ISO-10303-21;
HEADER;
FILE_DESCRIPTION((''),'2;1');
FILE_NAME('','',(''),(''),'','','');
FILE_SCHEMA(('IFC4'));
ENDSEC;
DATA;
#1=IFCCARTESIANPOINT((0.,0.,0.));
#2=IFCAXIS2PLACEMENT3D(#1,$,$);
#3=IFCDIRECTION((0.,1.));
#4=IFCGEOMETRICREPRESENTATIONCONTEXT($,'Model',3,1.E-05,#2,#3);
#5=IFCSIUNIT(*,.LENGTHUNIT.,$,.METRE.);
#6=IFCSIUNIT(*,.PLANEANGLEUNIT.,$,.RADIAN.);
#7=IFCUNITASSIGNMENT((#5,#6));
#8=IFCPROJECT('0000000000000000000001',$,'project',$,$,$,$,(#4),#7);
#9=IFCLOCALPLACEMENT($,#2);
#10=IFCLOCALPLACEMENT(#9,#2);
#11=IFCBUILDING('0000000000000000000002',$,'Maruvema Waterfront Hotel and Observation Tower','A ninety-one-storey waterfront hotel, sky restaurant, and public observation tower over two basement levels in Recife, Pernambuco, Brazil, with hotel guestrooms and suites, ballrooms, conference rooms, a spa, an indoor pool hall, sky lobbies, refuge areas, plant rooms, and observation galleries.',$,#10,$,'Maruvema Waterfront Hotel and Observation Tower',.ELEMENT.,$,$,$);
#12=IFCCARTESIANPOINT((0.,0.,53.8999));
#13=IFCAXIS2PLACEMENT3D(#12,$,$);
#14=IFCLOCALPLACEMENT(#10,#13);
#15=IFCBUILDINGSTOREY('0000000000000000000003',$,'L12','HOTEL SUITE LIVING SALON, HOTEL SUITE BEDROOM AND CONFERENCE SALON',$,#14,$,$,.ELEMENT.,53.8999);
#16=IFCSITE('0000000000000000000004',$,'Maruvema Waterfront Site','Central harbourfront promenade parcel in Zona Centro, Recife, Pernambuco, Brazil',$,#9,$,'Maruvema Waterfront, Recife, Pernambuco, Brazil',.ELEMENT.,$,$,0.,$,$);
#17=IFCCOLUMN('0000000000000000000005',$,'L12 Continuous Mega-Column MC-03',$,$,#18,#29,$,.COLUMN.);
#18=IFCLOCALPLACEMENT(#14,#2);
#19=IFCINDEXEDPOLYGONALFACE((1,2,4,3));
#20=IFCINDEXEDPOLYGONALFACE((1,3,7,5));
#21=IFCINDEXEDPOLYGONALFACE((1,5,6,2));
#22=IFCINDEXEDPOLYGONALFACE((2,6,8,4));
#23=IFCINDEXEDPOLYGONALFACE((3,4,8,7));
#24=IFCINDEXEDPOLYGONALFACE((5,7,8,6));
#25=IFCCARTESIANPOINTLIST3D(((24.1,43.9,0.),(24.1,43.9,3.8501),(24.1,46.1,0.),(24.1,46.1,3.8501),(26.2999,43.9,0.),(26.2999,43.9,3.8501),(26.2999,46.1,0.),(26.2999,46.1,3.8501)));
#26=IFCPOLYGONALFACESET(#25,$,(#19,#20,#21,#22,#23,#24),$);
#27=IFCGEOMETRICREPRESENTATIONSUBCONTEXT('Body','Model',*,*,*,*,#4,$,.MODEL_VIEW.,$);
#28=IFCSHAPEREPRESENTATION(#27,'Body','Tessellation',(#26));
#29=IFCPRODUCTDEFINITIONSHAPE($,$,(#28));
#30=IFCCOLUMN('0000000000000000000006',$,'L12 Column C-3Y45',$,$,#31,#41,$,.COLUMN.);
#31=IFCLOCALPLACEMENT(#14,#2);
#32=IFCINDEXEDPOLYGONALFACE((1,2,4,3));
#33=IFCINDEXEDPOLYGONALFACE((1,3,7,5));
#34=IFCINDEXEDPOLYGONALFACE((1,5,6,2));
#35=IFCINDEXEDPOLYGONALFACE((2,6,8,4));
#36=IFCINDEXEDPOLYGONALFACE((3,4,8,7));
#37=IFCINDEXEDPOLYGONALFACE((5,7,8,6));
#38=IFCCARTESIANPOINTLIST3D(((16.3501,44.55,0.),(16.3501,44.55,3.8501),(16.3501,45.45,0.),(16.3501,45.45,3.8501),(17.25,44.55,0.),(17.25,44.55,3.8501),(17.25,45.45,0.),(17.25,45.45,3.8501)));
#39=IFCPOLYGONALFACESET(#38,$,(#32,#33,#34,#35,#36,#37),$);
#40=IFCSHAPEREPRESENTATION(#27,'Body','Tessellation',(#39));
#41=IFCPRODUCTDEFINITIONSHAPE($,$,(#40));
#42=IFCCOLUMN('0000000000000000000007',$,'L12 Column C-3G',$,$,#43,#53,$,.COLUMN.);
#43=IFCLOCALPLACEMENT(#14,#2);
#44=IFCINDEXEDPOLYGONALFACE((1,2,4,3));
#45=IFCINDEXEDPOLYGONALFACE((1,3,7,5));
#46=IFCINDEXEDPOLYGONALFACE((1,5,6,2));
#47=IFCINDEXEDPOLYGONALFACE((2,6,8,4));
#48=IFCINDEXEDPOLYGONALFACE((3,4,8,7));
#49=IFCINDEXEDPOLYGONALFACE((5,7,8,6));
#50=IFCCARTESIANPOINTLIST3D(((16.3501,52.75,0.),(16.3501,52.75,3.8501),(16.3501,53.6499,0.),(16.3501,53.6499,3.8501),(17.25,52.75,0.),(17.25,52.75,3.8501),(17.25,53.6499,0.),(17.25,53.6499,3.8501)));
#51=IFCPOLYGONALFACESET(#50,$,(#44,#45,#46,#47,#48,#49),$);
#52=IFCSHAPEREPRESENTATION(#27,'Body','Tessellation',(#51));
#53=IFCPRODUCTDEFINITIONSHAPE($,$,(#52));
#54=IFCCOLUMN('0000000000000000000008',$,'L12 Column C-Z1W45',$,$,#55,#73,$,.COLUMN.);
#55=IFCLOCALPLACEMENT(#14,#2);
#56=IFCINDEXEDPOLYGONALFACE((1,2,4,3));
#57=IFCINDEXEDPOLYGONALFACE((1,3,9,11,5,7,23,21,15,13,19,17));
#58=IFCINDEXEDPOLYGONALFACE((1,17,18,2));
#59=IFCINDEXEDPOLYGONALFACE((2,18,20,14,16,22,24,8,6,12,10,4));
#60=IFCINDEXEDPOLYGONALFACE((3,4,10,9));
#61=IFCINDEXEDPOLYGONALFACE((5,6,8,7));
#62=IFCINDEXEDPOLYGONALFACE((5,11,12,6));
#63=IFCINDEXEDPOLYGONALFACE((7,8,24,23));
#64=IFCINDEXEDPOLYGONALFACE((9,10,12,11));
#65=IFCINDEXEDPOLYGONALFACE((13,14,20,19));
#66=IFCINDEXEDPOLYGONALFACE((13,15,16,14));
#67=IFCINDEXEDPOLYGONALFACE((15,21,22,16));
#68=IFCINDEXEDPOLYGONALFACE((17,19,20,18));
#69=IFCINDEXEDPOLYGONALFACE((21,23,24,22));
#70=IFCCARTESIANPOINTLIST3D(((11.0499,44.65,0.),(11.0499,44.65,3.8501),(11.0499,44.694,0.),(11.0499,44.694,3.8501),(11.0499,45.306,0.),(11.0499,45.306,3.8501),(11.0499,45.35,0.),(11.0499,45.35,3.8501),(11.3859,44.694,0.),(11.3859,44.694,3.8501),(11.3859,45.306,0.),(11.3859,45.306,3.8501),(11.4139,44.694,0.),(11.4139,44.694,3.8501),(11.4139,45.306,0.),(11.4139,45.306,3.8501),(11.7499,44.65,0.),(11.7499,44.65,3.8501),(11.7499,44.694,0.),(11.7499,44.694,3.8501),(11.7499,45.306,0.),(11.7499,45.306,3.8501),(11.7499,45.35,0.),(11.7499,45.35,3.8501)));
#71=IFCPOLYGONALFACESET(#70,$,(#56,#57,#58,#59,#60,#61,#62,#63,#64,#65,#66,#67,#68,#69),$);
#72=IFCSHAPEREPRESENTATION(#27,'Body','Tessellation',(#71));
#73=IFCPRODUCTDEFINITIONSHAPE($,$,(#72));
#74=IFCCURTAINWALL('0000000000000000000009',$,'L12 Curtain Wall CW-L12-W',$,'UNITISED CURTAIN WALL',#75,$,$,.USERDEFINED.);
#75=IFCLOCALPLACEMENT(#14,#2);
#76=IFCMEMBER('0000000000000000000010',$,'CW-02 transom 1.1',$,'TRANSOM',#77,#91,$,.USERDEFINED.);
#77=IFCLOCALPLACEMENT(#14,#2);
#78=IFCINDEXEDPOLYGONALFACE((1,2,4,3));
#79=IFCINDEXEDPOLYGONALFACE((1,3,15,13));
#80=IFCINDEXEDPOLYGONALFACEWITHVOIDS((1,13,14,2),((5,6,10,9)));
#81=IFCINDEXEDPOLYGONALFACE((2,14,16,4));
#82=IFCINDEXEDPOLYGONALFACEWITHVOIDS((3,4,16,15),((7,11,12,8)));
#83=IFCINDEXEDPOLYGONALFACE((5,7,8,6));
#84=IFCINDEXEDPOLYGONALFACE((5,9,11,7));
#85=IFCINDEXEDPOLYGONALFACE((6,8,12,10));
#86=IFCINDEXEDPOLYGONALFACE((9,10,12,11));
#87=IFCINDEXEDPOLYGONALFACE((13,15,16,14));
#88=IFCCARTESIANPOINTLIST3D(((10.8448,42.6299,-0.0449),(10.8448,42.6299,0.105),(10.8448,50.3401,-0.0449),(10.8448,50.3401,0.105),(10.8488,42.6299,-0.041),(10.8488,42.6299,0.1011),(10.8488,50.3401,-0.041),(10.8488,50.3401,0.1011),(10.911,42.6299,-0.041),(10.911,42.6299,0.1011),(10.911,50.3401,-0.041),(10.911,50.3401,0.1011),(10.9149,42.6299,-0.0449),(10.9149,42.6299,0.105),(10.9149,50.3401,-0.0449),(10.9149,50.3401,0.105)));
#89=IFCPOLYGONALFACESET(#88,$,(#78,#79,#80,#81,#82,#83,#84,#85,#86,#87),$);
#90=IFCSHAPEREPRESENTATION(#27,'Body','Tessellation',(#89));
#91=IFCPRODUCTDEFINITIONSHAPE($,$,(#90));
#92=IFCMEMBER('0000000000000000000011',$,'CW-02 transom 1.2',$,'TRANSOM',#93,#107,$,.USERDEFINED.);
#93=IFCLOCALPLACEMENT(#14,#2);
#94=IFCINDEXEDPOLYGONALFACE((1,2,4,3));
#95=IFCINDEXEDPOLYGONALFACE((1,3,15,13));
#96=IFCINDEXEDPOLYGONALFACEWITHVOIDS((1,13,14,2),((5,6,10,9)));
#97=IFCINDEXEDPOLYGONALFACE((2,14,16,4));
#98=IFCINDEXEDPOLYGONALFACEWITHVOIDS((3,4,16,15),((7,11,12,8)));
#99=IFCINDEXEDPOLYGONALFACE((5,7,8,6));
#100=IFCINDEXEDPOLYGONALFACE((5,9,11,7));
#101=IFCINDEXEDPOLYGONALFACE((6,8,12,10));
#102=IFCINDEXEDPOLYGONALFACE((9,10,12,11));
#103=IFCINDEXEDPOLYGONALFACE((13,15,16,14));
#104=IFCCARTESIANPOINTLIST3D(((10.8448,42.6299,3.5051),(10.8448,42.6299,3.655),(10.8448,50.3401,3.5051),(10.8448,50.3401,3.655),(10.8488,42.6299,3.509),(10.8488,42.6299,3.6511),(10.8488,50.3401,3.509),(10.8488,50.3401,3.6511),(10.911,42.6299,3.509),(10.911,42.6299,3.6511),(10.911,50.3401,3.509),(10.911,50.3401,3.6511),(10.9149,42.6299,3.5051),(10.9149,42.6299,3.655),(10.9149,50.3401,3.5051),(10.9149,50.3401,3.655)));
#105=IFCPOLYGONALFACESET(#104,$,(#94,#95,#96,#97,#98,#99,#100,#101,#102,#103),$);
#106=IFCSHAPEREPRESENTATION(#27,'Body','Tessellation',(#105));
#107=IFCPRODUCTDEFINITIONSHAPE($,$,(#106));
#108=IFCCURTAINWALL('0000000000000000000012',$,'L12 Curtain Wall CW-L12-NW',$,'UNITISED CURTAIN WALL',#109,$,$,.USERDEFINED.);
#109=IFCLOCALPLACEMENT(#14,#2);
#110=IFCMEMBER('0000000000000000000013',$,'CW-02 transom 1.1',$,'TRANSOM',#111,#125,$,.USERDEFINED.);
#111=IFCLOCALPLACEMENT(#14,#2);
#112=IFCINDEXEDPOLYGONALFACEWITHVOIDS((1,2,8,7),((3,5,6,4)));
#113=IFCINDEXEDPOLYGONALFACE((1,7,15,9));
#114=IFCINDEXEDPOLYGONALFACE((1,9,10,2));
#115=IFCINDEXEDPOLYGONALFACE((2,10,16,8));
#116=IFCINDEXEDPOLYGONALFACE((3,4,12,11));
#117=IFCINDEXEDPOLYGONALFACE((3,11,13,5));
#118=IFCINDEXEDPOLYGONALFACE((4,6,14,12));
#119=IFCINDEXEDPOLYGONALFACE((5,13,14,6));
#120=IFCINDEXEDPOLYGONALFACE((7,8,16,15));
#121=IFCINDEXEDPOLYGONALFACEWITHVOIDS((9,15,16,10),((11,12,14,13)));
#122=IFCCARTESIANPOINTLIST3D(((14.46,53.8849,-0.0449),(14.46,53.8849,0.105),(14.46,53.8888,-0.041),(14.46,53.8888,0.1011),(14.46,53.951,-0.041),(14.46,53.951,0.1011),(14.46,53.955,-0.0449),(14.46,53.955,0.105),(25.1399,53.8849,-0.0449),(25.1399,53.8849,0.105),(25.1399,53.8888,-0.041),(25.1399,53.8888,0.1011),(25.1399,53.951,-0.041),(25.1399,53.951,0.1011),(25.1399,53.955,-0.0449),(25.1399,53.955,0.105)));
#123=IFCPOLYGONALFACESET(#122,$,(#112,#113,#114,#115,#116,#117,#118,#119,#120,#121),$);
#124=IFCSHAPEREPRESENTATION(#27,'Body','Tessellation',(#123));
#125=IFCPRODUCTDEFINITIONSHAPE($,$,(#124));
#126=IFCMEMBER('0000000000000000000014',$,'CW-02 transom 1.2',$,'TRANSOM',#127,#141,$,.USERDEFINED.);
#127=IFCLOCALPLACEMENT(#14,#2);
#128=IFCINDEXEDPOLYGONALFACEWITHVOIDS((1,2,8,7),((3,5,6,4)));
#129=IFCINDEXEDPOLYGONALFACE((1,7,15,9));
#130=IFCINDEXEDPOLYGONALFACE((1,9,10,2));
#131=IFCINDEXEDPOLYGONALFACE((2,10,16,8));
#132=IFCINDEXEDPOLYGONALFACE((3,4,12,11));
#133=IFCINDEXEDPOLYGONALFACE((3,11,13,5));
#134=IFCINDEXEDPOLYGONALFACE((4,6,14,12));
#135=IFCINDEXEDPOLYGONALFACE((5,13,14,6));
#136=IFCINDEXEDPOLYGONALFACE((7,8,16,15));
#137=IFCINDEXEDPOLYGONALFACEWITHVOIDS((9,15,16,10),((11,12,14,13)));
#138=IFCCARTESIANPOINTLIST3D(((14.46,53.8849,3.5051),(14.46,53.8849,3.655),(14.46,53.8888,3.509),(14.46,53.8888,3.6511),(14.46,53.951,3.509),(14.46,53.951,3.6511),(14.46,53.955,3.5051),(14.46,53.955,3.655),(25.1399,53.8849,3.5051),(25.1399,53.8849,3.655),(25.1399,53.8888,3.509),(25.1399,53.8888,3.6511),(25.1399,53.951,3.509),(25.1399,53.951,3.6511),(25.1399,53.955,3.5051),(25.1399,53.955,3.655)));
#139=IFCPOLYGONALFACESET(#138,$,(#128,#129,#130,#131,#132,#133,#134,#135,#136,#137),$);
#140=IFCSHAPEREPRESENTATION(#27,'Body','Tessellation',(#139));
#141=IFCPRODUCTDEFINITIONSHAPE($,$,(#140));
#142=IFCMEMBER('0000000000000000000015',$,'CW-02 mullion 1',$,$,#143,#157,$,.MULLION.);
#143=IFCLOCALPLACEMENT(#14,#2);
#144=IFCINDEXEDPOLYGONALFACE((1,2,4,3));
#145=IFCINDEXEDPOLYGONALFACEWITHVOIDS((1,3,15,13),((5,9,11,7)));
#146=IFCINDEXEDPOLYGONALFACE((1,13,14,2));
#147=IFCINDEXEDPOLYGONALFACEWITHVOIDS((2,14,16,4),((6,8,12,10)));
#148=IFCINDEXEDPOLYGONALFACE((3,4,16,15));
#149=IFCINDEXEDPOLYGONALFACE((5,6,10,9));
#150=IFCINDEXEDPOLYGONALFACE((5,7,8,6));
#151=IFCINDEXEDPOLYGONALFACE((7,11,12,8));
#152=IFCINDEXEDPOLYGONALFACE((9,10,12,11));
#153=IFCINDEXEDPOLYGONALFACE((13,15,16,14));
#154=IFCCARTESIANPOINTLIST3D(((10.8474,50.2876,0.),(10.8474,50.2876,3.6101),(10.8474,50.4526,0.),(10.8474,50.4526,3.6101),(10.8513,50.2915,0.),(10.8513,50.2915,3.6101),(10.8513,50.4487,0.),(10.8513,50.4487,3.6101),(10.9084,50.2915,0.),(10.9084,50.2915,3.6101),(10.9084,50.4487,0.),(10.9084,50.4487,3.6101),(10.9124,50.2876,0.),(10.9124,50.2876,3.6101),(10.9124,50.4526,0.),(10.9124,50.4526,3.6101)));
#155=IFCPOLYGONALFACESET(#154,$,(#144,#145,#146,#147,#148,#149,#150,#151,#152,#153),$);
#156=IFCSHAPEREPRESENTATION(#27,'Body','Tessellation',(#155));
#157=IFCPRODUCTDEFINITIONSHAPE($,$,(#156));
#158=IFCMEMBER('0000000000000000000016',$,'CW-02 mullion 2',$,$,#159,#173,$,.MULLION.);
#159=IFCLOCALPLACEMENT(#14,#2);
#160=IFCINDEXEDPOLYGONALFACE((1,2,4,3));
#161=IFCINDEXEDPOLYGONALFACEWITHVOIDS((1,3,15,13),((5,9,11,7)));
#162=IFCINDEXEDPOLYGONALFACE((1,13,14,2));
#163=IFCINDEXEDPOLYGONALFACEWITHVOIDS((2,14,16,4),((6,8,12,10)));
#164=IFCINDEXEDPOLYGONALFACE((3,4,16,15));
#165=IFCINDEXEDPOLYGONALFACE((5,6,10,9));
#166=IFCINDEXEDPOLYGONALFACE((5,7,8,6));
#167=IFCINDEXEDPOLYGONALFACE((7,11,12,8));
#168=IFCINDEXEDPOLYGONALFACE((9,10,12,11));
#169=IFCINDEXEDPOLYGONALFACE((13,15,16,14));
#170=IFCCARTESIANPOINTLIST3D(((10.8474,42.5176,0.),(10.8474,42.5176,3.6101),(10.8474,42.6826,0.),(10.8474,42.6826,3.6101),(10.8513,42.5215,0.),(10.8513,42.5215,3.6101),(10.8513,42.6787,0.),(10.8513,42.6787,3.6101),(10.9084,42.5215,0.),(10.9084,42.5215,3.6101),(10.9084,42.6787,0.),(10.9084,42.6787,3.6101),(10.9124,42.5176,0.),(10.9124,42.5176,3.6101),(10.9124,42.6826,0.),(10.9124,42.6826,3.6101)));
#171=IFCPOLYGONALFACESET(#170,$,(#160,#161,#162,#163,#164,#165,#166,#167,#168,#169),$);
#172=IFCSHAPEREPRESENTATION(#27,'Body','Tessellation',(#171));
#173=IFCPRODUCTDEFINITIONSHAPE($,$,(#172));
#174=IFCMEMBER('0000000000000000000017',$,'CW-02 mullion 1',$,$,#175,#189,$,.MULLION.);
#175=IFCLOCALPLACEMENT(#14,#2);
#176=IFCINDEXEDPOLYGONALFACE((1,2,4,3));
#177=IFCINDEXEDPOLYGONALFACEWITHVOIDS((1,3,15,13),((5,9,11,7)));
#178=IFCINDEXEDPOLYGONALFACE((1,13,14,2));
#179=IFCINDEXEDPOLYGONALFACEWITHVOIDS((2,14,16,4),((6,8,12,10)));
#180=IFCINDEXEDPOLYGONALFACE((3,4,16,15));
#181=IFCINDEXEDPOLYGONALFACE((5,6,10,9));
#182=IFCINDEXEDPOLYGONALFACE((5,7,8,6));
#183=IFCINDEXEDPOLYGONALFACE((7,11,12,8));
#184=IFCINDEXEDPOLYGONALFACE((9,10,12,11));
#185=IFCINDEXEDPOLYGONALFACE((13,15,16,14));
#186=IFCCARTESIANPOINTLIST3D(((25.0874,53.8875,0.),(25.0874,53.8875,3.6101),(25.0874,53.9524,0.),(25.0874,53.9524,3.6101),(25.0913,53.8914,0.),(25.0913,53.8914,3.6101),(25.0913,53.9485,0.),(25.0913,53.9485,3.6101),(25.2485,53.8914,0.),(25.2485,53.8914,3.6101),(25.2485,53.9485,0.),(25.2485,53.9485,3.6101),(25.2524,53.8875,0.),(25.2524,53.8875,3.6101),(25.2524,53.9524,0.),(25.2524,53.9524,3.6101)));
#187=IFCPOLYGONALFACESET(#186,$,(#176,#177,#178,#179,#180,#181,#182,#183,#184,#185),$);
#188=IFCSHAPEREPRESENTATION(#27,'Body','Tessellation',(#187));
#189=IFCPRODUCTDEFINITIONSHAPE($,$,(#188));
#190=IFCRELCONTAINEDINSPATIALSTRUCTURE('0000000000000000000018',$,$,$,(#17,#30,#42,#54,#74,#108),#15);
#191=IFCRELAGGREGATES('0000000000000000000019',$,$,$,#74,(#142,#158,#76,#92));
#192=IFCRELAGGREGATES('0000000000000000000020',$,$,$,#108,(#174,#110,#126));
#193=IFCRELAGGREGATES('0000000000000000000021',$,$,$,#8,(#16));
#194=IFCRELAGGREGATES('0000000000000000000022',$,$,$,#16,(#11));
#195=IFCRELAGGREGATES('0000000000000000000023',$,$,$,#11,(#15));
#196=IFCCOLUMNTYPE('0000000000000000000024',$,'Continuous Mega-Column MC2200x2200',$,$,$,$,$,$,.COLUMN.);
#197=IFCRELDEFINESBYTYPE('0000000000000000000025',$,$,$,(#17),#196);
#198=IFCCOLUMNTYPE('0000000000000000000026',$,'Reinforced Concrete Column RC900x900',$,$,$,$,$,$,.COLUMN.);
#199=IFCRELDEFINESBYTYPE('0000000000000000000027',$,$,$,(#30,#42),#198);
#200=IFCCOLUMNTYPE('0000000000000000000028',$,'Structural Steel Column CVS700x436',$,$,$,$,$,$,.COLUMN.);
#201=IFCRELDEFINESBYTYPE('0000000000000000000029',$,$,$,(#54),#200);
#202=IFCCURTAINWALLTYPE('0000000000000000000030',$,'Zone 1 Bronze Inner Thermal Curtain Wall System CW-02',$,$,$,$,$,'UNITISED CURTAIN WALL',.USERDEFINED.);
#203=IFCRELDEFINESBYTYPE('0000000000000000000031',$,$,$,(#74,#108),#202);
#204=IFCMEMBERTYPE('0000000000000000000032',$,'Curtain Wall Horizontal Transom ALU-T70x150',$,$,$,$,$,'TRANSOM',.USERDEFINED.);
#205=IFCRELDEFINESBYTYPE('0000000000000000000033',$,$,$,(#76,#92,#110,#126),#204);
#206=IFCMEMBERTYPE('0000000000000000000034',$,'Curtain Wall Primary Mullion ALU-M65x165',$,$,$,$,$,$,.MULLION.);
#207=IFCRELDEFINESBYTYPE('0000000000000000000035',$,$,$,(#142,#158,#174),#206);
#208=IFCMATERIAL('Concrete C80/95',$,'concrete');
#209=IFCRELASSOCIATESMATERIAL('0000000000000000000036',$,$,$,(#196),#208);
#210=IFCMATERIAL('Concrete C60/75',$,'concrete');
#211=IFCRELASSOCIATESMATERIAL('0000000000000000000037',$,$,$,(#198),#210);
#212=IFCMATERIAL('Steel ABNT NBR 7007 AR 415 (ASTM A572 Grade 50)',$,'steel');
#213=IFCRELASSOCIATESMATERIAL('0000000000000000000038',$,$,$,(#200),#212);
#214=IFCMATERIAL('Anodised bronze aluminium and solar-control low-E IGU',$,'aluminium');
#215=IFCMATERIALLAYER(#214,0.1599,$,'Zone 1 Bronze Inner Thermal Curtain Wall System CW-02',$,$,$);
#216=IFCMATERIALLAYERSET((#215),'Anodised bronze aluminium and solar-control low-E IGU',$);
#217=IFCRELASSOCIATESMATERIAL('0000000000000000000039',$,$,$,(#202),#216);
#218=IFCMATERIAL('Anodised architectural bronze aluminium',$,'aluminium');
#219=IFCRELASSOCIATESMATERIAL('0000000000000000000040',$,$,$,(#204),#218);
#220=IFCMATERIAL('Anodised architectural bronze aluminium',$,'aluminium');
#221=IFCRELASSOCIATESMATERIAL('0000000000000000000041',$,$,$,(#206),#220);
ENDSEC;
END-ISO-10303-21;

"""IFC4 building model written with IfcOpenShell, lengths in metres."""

from ifc_helpers import new_model, si_unit, direction, frame, origin, origin_2d, place, context, subcontext, project, spatial, rectangle, hollow_rectangle, i_section, extrude, material, layer, layer_set, material_profile, profile_set, type_object, element, aggregate, save


model = new_model("IFC4")

# Units and contexts
model_context = context("Model", 3, precision=1e-05, world=origin(), true_north=direction((0.0, 1.0)))
body_context = subcontext(model_context, "Body", "Model", "MODEL_VIEW")
ifc_project = project(units=[si_unit("LENGTHUNIT", "METRE"), si_unit("PLANEANGLEUNIT", "RADIAN")], contexts=[model_context])

# Site, building, storey
site_placement = place(None, origin())
site = spatial("IfcSite", under=ifc_project, at=site_placement, Name="Maruvema Waterfront Site", Description="Central harbourfront promenade parcel in Zona Centro, Recife, Pernambuco, Brazil", LongName="Maruvema Waterfront, Recife, Pernambuco, Brazil", CompositionType="ELEMENT", RefElevation=0.0)
building_placement = place(site_placement, origin())
building = spatial("IfcBuilding", under=site, at=building_placement, Name="Maruvema Waterfront Hotel and Observation Tower", Description="A ninety-one-storey waterfront hotel, sky restaurant, and public observation tower over two basement levels in Recife, Pernambuco, Brazil, with hotel guestrooms and suites, ballrooms, conference rooms, a spa, an indoor pool hall, sky lobbies, refuge areas, plant rooms, and observation galleries.", LongName="Maruvema Waterfront Hotel and Observation Tower", CompositionType="ELEMENT")
storey_placement = place(building_placement, frame((0.0, 0.0, 53.8999)))
storey = spatial("IfcBuildingStorey", under=building, at=storey_placement, Name="L12", Description="HOTEL SUITE LIVING SALON, HOTEL SUITE BEDROOM AND CONFERENCE SALON", CompositionType="ELEMENT", Elevation=53.8999)

# Columns
ifc_material_1 = material(Name="Concrete C80/95", Category="concrete")
ifc_material_profile_1 = material_profile(ifc_material_1, rectangle(XDim=2.2, YDim=2.2, at=origin_2d()), Name="MC2200x2200")
ifc_profile_set_1 = profile_set([ifc_material_profile_1], Name="Concrete C80/95")
column_type_1 = type_object("IfcColumnType", Name="Continuous Mega-Column MC2200x2200", PredefinedType="COLUMN", material=ifc_profile_set_1)
column_1_placement = place(storey_placement, frame((25.2, 45.0, 0.0), z_axis=(0.0, 0.0, 1.0), x_axis=(1.0, 0.0, 0.0)))
element("IfcColumn", 1, at=column_1_placement, inside=storey, type_object=column_type_1, Name="L12 Continuous Mega-Column MC-03", PredefinedType="COLUMN", context=body_context, shape_type="SweptSolid", body=[
    extrude(rectangle(XDim=2.2, YDim=2.2, at=origin_2d()), origin(), (0.0, 0.0, 1.0), 3.8501),
])
ifc_material_2 = material(Name="Concrete C60/75", Category="concrete")
ifc_material_profile_2 = material_profile(ifc_material_2, rectangle(XDim=0.8999, YDim=0.8999, at=origin_2d()), Name="RC900x900")
ifc_profile_set_2 = profile_set([ifc_material_profile_2], Name="Concrete C60/75")
column_type_2 = type_object("IfcColumnType", Name="Reinforced Concrete Column RC900x900", PredefinedType="COLUMN", material=ifc_profile_set_2)
for number, where, z_axis, x_axis, name in (
    (2, (16.8, 45.0, 0.0), (0.0, 0.0, 1.0), (1.0, 0.0, 0.0), "L12 Column C-3Y45"),
    (3, (16.8, 53.2, 0.0), (0.0, 0.0, 1.0), (1.0, 0.0, 0.0), "L12 Column C-3G"),
):
    element("IfcColumn", number, at=place(storey_placement, frame(where, z_axis=z_axis, x_axis=x_axis)), inside=storey, type_object=column_type_2, Name=name, PredefinedType="COLUMN", context=body_context, shape_type="SweptSolid", body=[
        extrude(rectangle(XDim=0.8999, YDim=0.8999, at=origin_2d()), origin(), (0.0, 0.0, 1.0), 3.8501),
    ])
ifc_material_3 = material(Name="Steel ABNT NBR 7007 AR 415 (ASTM A572 Grade 50)", Category="steel")
ifc_material_profile_3 = material_profile(ifc_material_3, i_section(OverallWidth=0.7, OverallDepth=0.7, WebThickness=0.0281, FlangeThickness=0.0439, at=origin_2d()), Name="CVS700x436")
ifc_profile_set_3 = profile_set([ifc_material_profile_3], Name="Steel ABNT NBR 7007 AR 415 (ASTM A572 Grade 50)")
column_type_3 = type_object("IfcColumnType", Name="Structural Steel Column CVS700x436", PredefinedType="COLUMN", material=ifc_profile_set_3)
column_2_placement = place(storey_placement, frame((11.3999, 45.0, 0.0), z_axis=(0.0, 0.0, 1.0), x_axis=(1.0, 0.0, 0.0)))
element("IfcColumn", 4, at=column_2_placement, inside=storey, type_object=column_type_3, Name="L12 Column C-Z1W45", PredefinedType="COLUMN", context=body_context, shape_type="SweptSolid", body=[
    extrude(i_section(OverallWidth=0.7, OverallDepth=0.7, WebThickness=0.0281, FlangeThickness=0.0439, at=origin_2d()), origin(), (0.0, 0.0, 1.0), 3.8501),
])

# Curtain walls, members
ifc_material_4 = material(Name="Anodised bronze aluminium and solar-control low-E IGU", Category="aluminium")
ifc_layer_1 = layer(ifc_material_4, 0.1599, Name="Zone 1 Bronze Inner Thermal Curtain Wall System CW-02")
ifc_layer_set_1 = layer_set([ifc_layer_1], Name="Anodised bronze aluminium and solar-control low-E IGU")
curtain_wall_type = type_object("IfcCurtainWallType", Name="Zone 1 Bronze Inner Thermal Curtain Wall System CW-02", ElementType="UNITISED CURTAIN WALL", PredefinedType="USERDEFINED", material=ifc_layer_set_1)
curtain_wall_1_placement = place(storey_placement, origin())
curtain_wall_1 = element("IfcCurtainWall", 5, at=curtain_wall_1_placement, inside=storey, type_object=curtain_wall_type, Name="L12 Curtain Wall CW-L12-W", ObjectType="UNITISED CURTAIN WALL", PredefinedType="USERDEFINED")
ifc_material_5 = material(Name="Anodised architectural bronze aluminium", Category="aluminium")
ifc_material_profile_4 = material_profile(ifc_material_5, hollow_rectangle(XDim=0.0701, YDim=0.1499, WallThickness=0.0039, at=origin_2d()), Name="ALU-T70x150")
ifc_profile_set_4 = profile_set([ifc_material_profile_4], Name="Anodised architectural bronze aluminium")
member_type_1 = type_object("IfcMemberType", Name="Curtain Wall Horizontal Transom ALU-T70x150", ElementType="TRANSOM", PredefinedType="USERDEFINED", material=ifc_profile_set_4)
member_1_placement = place(storey_placement, frame((10.8799, 50.3401, 0.03), z_axis=(0.0, -1.0, 0.0), x_axis=(1.0, 0.0, 0.0)))
member_1 = element("IfcMember", 6, at=member_1_placement, type_object=member_type_1, Name="CW-02 transom 1.1", ObjectType="TRANSOM", PredefinedType="USERDEFINED", context=body_context, shape_type="SweptSolid", body=[
    extrude(hollow_rectangle(XDim=0.0701, YDim=0.1499, WallThickness=0.0039, at=origin_2d()), origin(), (0.0, 0.0, 1.0), 7.7102),
])
member_2_placement = place(storey_placement, frame((10.8799, 50.3401, 3.5801), z_axis=(0.0, -1.0, 0.0), x_axis=(1.0, 0.0, 0.0)))
member_2 = element("IfcMember", 7, at=member_2_placement, type_object=member_type_1, Name="CW-02 transom 1.2", ObjectType="TRANSOM", PredefinedType="USERDEFINED", context=body_context, shape_type="SweptSolid", body=[
    extrude(hollow_rectangle(XDim=0.0701, YDim=0.1499, WallThickness=0.0039, at=origin_2d()), origin(), (0.0, 0.0, 1.0), 7.7102),
])
curtain_wall_2_placement = place(storey_placement, origin())
curtain_wall_2 = element("IfcCurtainWall", 8, at=curtain_wall_2_placement, inside=storey, type_object=curtain_wall_type, Name="L12 Curtain Wall CW-L12-NW", ObjectType="UNITISED CURTAIN WALL", PredefinedType="USERDEFINED")
member_3_placement = place(storey_placement, frame((25.1399, 53.9199, 0.03), z_axis=(-1.0, 0.0, 0.0), x_axis=(0.0, -1.0, 0.0)))
member_3 = element("IfcMember", 9, at=member_3_placement, type_object=member_type_1, Name="CW-02 transom 1.1", ObjectType="TRANSOM", PredefinedType="USERDEFINED", context=body_context, shape_type="SweptSolid", body=[
    extrude(hollow_rectangle(XDim=0.0701, YDim=0.1499, WallThickness=0.0039, at=origin_2d()), origin(), (0.0, 0.0, 1.0), 10.6799),
])
member_4_placement = place(storey_placement, frame((25.1399, 53.9199, 3.5801), z_axis=(-1.0, 0.0, 0.0), x_axis=(0.0, -1.0, 0.0)))
member_4 = element("IfcMember", 10, at=member_4_placement, type_object=member_type_1, Name="CW-02 transom 1.2", ObjectType="TRANSOM", PredefinedType="USERDEFINED", context=body_context, shape_type="SweptSolid", body=[
    extrude(hollow_rectangle(XDim=0.0701, YDim=0.1499, WallThickness=0.0039, at=origin_2d()), origin(), (0.0, 0.0, 1.0), 10.6799),
])

# Members
ifc_material_6 = material(Name="Anodised architectural bronze aluminium", Category="aluminium")
ifc_material_profile_5 = material_profile(ifc_material_6, hollow_rectangle(XDim=0.0649, YDim=0.165, WallThickness=0.0039, at=origin_2d()), Name="ALU-M65x165")
ifc_profile_set_5 = profile_set([ifc_material_profile_5], Name="Anodised architectural bronze aluminium")
member_type_2 = type_object("IfcMemberType", Name="Curtain Wall Primary Mullion ALU-M65x165", PredefinedType="MULLION", material=ifc_profile_set_5)
member_5_placement = place(storey_placement, frame((10.8799, 50.3701, 0.0), z_axis=(0.0, 0.0, 1.0), x_axis=(1.0, 0.0, 0.0)))
member_5 = element("IfcMember", 11, at=member_5_placement, type_object=member_type_2, Name="CW-02 mullion 1", PredefinedType="MULLION", context=body_context, shape_type="SweptSolid", body=[
    extrude(hollow_rectangle(XDim=0.0649, YDim=0.165, WallThickness=0.0039, at=origin_2d()), origin(), (0.0, 0.0, 1.0), 3.6101),
])
member_6_placement = place(storey_placement, frame((10.8799, 42.6001, 0.0), z_axis=(0.0, 0.0, 1.0), x_axis=(1.0, 0.0, 0.0)))
member_6 = element("IfcMember", 12, at=member_6_placement, type_object=member_type_2, Name="CW-02 mullion 2", PredefinedType="MULLION", context=body_context, shape_type="SweptSolid", body=[
    extrude(hollow_rectangle(XDim=0.0649, YDim=0.165, WallThickness=0.0039, at=origin_2d()), origin(), (0.0, 0.0, 1.0), 3.6101),
])
member_7_placement = place(storey_placement, frame((25.1699, 53.9199, 0.0), z_axis=(0.0, 0.0, 1.0), x_axis=(0.0, -1.0, 0.0)))
member_7 = element("IfcMember", 13, at=member_7_placement, type_object=member_type_2, Name="CW-02 mullion 1", PredefinedType="MULLION", context=body_context, shape_type="SweptSolid", body=[
    extrude(hollow_rectangle(XDim=0.0649, YDim=0.165, WallThickness=0.0039, at=origin_2d()), origin(), (0.0, 0.0, 1.0), 3.6101),
])

aggregate(curtain_wall_1, [member_5, member_6, member_1, member_2])
aggregate(curtain_wall_2, [member_7, member_3, member_4])

save(model, "model.ifc")
